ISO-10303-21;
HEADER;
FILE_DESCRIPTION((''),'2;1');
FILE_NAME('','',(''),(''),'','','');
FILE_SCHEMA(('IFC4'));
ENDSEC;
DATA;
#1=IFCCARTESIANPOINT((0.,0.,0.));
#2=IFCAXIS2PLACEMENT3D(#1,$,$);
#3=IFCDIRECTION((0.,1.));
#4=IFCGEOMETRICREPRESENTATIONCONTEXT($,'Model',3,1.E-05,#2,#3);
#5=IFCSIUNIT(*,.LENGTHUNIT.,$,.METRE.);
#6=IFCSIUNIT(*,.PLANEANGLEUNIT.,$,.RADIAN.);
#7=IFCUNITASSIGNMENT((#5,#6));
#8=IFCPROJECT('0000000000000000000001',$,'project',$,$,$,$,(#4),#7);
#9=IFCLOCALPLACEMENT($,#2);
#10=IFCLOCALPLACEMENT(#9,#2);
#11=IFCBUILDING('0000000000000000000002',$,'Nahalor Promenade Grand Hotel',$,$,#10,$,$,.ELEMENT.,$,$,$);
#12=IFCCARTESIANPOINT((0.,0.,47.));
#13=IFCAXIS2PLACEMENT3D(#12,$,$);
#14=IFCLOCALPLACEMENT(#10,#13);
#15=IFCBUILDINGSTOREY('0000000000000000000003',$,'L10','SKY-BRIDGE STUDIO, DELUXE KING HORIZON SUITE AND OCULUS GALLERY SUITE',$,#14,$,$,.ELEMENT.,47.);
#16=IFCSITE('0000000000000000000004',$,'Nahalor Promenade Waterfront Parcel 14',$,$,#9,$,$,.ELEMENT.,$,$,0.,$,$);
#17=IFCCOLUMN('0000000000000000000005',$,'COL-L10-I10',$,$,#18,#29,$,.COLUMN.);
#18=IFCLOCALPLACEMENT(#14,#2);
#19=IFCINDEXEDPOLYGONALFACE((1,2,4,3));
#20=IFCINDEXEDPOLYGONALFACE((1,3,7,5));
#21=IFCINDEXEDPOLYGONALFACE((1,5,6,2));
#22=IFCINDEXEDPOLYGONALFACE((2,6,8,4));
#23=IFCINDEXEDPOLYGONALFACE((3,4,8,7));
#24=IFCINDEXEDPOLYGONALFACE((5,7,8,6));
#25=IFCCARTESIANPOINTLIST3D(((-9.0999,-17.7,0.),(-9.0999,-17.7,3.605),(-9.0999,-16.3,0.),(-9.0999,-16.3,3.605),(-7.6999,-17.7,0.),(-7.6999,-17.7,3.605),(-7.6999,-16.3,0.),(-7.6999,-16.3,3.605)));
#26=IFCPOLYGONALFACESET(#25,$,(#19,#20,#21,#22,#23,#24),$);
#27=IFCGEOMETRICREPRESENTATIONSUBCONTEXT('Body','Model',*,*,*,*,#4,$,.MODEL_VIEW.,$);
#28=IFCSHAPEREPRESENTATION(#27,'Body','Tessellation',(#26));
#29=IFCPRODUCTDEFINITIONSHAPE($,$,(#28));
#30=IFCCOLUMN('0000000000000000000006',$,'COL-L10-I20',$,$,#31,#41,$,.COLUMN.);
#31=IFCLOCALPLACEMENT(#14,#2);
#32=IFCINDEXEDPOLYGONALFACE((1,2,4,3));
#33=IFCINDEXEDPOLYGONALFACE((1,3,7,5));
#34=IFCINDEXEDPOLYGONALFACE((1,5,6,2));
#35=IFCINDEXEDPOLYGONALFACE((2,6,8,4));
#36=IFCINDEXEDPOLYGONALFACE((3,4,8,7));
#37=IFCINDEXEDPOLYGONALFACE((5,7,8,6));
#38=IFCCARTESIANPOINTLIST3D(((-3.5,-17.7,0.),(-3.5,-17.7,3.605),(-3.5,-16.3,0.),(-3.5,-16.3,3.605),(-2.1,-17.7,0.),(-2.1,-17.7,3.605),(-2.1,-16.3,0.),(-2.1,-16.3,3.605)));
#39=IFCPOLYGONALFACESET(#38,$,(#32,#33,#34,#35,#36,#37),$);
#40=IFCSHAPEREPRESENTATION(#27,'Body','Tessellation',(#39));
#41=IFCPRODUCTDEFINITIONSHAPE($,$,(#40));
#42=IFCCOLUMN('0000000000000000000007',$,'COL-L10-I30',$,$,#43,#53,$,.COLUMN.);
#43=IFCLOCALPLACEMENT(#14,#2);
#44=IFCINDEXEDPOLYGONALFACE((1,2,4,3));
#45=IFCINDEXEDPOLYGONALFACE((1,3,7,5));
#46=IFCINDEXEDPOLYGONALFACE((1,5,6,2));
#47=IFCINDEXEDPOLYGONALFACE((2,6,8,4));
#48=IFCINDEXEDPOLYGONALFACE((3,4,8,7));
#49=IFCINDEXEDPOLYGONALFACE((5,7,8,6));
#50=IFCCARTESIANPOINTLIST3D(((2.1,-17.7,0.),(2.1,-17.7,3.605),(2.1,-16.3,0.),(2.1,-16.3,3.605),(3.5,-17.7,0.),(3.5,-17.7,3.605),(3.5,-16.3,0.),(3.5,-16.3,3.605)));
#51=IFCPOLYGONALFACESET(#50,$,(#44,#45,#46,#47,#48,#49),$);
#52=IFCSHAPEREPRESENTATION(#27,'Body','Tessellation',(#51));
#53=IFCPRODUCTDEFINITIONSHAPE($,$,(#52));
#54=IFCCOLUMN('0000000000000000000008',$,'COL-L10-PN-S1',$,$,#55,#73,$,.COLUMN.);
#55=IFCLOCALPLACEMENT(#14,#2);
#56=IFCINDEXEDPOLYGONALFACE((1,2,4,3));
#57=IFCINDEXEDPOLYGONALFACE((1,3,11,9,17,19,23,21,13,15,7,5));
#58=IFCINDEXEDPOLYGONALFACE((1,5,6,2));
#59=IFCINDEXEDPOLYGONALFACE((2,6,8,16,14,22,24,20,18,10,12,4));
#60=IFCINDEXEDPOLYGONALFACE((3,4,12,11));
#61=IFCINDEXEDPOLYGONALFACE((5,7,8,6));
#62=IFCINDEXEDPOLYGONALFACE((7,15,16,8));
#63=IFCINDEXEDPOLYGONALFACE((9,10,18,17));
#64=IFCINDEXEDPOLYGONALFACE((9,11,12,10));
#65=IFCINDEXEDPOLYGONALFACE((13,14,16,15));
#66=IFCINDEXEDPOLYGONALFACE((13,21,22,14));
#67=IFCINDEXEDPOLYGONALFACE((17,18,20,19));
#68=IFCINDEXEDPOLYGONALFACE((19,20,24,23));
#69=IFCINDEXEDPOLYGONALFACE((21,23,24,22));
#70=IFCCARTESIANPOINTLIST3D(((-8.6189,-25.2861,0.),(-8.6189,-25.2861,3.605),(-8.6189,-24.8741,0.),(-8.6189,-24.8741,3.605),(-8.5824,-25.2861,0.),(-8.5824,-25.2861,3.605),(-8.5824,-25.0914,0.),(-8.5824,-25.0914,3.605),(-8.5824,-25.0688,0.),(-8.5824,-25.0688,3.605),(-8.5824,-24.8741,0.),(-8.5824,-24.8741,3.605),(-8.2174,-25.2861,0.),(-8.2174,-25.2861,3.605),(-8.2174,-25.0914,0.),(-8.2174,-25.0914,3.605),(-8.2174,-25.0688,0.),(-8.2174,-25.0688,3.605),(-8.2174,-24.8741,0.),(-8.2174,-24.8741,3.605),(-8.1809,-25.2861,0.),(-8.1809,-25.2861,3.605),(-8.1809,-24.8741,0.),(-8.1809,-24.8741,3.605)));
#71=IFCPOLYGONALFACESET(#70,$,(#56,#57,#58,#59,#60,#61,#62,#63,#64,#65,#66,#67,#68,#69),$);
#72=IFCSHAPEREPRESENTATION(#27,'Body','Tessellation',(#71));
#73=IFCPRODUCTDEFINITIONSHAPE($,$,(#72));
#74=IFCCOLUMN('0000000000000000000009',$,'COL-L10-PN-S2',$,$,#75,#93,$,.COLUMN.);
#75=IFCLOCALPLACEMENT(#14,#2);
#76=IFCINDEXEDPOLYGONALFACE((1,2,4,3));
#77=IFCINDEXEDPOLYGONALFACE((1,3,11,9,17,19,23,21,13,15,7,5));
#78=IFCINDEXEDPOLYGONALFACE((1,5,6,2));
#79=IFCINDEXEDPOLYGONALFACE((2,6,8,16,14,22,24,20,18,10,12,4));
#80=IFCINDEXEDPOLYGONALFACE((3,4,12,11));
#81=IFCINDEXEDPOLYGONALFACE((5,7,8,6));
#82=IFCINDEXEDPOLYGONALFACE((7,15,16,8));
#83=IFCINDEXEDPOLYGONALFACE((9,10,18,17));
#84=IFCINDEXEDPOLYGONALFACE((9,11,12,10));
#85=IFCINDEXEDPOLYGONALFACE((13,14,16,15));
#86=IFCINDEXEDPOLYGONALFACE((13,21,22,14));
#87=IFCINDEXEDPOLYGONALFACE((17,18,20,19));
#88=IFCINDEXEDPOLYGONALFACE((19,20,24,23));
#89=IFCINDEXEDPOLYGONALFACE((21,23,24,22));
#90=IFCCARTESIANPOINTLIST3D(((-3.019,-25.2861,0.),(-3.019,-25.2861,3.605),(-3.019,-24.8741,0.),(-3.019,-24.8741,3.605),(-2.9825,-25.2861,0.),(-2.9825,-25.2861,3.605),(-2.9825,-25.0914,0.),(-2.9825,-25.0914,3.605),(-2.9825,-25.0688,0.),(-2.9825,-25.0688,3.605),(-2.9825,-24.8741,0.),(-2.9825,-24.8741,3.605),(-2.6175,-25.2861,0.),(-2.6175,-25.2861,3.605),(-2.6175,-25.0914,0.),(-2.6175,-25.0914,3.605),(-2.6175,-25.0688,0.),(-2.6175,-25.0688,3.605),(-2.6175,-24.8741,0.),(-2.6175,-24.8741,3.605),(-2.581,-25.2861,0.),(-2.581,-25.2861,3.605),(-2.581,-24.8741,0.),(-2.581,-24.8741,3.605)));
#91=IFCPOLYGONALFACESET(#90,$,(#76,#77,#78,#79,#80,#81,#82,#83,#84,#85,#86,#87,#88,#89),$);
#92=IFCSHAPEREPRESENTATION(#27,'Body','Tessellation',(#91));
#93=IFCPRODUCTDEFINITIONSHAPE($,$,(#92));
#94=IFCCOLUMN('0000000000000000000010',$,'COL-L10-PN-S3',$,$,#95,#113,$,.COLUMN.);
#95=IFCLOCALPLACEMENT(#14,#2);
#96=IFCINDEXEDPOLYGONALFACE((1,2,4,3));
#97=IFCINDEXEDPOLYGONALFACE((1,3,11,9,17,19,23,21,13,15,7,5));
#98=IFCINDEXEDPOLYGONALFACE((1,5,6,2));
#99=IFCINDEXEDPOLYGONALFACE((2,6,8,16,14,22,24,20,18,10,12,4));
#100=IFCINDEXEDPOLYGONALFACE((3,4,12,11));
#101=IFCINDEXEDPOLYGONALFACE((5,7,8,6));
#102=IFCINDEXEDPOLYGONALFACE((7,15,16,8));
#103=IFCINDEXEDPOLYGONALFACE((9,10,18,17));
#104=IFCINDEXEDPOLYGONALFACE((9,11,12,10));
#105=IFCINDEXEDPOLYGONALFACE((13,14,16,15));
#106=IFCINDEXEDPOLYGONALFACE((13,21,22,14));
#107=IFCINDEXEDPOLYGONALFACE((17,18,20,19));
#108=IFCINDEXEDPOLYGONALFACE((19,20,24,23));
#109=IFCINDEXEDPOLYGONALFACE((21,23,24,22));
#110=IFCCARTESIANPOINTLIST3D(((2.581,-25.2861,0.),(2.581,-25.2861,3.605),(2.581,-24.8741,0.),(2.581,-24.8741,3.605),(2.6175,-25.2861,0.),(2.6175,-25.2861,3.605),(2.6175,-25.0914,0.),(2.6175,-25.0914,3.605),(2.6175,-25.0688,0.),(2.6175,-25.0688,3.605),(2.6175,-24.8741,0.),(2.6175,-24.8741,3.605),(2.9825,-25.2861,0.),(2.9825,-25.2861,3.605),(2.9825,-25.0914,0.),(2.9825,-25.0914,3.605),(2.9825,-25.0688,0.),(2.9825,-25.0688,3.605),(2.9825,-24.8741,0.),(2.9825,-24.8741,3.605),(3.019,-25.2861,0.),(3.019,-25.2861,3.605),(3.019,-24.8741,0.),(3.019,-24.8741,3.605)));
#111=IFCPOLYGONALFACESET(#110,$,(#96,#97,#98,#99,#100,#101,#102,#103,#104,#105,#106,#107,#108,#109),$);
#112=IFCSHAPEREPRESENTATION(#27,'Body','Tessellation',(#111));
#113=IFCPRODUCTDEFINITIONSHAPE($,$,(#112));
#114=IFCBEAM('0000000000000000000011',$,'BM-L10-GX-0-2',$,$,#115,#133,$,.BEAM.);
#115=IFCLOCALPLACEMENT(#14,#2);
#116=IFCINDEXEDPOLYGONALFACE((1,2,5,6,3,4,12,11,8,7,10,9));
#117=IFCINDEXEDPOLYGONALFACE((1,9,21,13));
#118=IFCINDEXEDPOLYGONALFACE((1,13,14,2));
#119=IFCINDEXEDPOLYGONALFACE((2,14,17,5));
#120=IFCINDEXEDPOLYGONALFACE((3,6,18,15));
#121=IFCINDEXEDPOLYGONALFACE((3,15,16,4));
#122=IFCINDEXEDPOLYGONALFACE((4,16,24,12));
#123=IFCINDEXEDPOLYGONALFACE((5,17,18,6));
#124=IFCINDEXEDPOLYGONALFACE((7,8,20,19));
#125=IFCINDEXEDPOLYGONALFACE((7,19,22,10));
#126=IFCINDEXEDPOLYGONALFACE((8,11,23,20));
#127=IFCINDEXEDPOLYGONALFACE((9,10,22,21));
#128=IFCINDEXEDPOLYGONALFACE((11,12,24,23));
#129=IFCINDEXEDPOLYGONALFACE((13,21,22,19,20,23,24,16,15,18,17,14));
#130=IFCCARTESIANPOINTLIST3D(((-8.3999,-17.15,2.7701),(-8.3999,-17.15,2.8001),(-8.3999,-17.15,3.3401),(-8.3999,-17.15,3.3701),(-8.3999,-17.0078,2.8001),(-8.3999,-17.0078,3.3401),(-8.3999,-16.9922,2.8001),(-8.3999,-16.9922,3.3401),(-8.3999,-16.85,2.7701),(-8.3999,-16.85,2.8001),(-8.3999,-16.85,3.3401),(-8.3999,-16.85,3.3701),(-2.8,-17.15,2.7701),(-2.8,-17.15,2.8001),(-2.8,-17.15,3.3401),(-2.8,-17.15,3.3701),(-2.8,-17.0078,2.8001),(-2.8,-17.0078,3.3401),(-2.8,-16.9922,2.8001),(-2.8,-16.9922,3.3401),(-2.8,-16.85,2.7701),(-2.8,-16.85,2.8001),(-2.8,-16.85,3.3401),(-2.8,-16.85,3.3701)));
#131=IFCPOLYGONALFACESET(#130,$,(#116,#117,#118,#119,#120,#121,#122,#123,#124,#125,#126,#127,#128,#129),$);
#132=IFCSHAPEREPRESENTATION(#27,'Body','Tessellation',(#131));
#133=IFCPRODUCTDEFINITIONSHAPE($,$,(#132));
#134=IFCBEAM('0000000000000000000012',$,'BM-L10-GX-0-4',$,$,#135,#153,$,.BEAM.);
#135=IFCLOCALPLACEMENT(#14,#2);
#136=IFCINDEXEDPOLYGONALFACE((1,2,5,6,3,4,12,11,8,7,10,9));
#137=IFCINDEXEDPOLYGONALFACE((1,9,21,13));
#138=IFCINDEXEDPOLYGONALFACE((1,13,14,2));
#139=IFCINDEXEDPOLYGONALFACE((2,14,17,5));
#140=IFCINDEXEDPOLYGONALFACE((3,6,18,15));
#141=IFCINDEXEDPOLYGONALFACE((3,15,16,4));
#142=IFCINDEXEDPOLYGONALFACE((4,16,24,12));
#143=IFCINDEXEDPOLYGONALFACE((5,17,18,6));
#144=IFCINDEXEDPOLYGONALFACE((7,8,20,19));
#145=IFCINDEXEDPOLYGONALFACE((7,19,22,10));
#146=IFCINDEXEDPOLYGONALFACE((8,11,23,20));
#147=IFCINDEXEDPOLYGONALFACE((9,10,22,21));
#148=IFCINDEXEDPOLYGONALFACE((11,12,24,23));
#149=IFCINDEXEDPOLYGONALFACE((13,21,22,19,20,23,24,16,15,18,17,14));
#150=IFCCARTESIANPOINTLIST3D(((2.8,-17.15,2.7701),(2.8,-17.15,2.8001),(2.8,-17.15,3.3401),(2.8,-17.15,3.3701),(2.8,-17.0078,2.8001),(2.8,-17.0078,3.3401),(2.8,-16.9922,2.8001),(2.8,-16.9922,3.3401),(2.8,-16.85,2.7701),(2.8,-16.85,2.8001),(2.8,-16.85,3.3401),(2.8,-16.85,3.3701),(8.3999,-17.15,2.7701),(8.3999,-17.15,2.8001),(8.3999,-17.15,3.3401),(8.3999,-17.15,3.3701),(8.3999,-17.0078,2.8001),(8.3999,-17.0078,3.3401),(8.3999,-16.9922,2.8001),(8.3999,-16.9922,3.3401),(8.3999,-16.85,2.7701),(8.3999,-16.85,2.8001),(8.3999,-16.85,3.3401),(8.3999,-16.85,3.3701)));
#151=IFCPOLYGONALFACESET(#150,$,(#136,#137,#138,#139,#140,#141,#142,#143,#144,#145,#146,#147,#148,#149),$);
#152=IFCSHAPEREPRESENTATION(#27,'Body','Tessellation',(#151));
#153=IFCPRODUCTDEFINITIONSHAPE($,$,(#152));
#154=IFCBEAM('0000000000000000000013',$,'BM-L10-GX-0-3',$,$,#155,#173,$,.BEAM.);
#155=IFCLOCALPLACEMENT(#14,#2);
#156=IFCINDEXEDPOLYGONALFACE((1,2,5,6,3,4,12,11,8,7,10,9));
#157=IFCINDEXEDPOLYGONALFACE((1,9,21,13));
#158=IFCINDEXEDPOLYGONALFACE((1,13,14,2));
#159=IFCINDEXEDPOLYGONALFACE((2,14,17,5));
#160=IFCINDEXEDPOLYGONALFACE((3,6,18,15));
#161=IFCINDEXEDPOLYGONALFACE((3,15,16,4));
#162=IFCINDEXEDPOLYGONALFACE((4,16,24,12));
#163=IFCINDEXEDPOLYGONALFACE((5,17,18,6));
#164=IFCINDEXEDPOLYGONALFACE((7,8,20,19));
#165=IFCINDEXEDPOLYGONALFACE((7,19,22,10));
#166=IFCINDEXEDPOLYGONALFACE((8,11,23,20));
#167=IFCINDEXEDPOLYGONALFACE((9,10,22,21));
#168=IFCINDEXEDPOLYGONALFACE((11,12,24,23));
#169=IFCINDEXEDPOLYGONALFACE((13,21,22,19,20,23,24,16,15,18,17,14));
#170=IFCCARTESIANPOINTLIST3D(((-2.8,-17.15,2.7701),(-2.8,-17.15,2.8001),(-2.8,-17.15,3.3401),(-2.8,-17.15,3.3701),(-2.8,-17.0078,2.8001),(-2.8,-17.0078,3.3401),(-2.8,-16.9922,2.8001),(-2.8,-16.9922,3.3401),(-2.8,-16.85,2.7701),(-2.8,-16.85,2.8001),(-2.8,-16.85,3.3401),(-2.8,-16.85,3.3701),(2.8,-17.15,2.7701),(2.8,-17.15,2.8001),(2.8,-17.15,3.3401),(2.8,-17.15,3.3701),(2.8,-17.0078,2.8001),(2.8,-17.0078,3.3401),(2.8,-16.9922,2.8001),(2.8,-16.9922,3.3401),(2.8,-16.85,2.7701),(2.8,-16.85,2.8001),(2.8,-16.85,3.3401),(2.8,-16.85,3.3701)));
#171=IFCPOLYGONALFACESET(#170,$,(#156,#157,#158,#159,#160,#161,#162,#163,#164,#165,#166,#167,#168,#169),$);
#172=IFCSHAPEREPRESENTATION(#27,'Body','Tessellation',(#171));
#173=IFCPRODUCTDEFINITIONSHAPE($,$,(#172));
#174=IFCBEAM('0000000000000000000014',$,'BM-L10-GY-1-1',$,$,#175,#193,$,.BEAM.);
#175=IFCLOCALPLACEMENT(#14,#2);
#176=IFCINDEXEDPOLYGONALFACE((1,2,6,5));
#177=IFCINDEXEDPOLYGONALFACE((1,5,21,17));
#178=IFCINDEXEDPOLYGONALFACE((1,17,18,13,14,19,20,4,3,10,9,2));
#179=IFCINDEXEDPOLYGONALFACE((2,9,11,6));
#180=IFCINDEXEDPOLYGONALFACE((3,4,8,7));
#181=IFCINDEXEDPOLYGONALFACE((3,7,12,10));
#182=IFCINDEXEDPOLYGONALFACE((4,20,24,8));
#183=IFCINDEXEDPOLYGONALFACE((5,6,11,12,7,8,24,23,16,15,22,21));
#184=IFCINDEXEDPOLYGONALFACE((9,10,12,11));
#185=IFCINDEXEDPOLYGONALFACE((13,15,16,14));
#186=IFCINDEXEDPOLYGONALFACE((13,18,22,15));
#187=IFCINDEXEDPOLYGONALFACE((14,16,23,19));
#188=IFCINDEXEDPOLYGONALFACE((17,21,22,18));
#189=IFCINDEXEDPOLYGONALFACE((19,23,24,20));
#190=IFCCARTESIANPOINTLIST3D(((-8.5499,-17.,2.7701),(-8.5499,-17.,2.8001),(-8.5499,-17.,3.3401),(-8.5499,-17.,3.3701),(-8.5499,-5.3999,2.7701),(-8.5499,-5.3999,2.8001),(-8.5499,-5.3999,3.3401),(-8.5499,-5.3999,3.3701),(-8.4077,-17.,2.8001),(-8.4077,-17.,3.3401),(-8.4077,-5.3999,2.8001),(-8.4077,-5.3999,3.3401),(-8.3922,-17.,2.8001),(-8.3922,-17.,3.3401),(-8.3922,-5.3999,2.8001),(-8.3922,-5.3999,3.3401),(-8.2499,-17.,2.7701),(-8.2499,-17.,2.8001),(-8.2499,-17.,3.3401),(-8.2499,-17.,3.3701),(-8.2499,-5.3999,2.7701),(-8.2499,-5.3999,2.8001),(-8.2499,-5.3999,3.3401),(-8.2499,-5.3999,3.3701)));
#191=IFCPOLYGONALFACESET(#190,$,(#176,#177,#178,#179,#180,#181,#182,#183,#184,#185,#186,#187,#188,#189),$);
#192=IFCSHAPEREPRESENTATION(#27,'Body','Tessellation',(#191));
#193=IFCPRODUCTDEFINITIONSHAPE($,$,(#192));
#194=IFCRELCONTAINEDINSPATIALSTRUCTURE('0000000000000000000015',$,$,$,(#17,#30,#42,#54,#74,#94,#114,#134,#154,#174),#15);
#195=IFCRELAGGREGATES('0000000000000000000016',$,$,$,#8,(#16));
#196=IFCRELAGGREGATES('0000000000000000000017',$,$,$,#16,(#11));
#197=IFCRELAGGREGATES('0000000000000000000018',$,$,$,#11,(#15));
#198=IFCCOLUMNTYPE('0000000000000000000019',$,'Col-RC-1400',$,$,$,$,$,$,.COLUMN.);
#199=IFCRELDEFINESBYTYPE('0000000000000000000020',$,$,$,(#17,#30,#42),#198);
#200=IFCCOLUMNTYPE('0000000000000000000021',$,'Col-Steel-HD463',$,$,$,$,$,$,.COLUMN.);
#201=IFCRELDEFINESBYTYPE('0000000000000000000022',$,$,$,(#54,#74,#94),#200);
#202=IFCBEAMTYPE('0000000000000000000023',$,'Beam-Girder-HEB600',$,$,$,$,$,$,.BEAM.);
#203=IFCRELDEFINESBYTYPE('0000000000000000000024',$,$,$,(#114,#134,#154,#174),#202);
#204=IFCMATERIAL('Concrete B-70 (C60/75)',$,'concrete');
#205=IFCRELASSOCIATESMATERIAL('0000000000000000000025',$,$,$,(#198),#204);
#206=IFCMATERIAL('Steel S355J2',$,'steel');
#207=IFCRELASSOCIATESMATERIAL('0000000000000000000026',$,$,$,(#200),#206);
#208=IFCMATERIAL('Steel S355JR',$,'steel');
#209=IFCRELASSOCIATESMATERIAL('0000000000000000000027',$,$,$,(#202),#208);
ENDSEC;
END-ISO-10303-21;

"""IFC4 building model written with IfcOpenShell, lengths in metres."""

from ifc_helpers import new_model, si_unit, direction, frame, origin, origin_2d, place, context, subcontext, project, spatial, rectangle, i_section, extrude, source, transform, mapped, material, material_profile, profile_set, type_object, element, save


model = new_model("IFC4")

# Units and contexts
model_context = context("Model", 3, precision=1e-05, world=origin(), true_north=direction((0.0, 1.0)))
body_context = subcontext(model_context, "Body", "Model", "MODEL_VIEW")
ifc_project = project(units=[si_unit("LENGTHUNIT", "METRE"), si_unit("PLANEANGLEUNIT", "RADIAN")], contexts=[model_context])

# Site, building, storey
site_placement = place(None, origin())
site = spatial("IfcSite", under=ifc_project, at=site_placement, Name="Nahalor Promenade Waterfront Parcel 14", CompositionType="ELEMENT", RefElevation=0.0)
building_placement = place(site_placement, origin())
building = spatial("IfcBuilding", under=site, at=building_placement, Name="Nahalor Promenade Grand Hotel", CompositionType="ELEMENT")
storey_placement = place(building_placement, frame((0.0, 0.0, 47.0)))
storey = spatial("IfcBuildingStorey", under=building, at=storey_placement, Name="L10", Description="SKY-BRIDGE STUDIO, DELUXE KING HORIZON SUITE AND OCULUS GALLERY SUITE", CompositionType="ELEMENT", Elevation=47.0)

# Columns
ifc_material_1 = material(Name="Concrete B-70 (C60/75)", Category="concrete")
ifc_material_profile_1 = material_profile(ifc_material_1, rectangle(XDim=1.4, YDim=1.4, at=origin_2d()), Name="RC 1400x1400")
ifc_profile_set_1 = profile_set([ifc_material_profile_1], Name="Concrete B-70 (C60/75)")
column_type_1 = type_object("IfcColumnType", Name="Col-RC-1400", PredefinedType="COLUMN", material=ifc_profile_set_1)
shared_shape_1 = source(origin(), body_context, "Body", "SweptSolid", [
    extrude(rectangle(XDim=1.4, YDim=1.4, at=origin_2d()), origin(), (0.0, 0.0, 1.0), 3.605),
])
for number, where, z_axis, x_axis, name in (
    (1, (-8.3999, -17.0, 0.0), (0.0, 0.0, 1.0), (1.0, 0.0, 0.0), "COL-L10-I10"),
    (2, (-2.8, -17.0, 0.0), (0.0, 0.0, 1.0), (1.0, 0.0, 0.0), "COL-L10-I20"),
    (3, (2.8, -17.0, 0.0), (0.0, 0.0, 1.0), (1.0, 0.0, 0.0), "COL-L10-I30"),
):
    element("IfcColumn", number, at=place(storey_placement, frame(where, z_axis=z_axis, x_axis=x_axis)), inside=storey, type_object=column_type_1, Name=name, PredefinedType="COLUMN", context=body_context, shape_type="MappedRepresentation", body=[
        mapped(shared_shape_1, transform((0.0, 0.0, 0.0), scale=1.0)),
    ])
ifc_material_2 = material(Name="Steel S355J2", Category="steel")
ifc_material_profile_2 = material_profile(ifc_material_2, i_section(OverallWidth=0.412, OverallDepth=0.438, WebThickness=0.0226, FlangeThickness=0.0365, at=origin_2d()), Name="HD 400x463")
ifc_profile_set_2 = profile_set([ifc_material_profile_2], Name="Steel S355J2")
column_type_2 = type_object("IfcColumnType", Name="Col-Steel-HD463", PredefinedType="COLUMN", material=ifc_profile_set_2)
shared_shape_2 = source(origin(), body_context, "Body", "SweptSolid", [
    extrude(i_section(OverallWidth=0.412, OverallDepth=0.438, WebThickness=0.0226, FlangeThickness=0.0365, at=origin_2d()), origin(), (0.0, 0.0, 1.0), 3.605),
])
for number, where, z_axis, x_axis, name in (
    (4, (-8.3999, -25.0801, 0.0), (0.0, 0.0, 1.0), (0.0, 1.0, 0.0), "COL-L10-PN-S1"),
    (5, (-2.8, -25.0801, 0.0), (0.0, 0.0, 1.0), (0.0, 1.0, 0.0), "COL-L10-PN-S2"),
    (6, (2.8, -25.0801, 0.0), (0.0, 0.0, 1.0), (0.0, 1.0, 0.0), "COL-L10-PN-S3"),
):
    element("IfcColumn", number, at=place(storey_placement, frame(where, z_axis=z_axis, x_axis=x_axis)), inside=storey, type_object=column_type_2, Name=name, PredefinedType="COLUMN", context=body_context, shape_type="MappedRepresentation", body=[
        mapped(shared_shape_2, transform((0.0, 0.0, 0.0), scale=1.0)),
    ])

# Beams
ifc_material_3 = material(Name="Steel S355JR", Category="steel")
ifc_material_profile_3 = material_profile(ifc_material_3, i_section(OverallWidth=0.3, OverallDepth=0.6, WebThickness=0.0155, FlangeThickness=0.03, at=origin_2d()), Name="HEB 600")
ifc_profile_set_3 = profile_set([ifc_material_profile_3], Name="Steel S355JR")
beam_type_1 = type_object("IfcBeamType", Name="Beam-Girder-HEB600", PredefinedType="BEAM", material=ifc_profile_set_3)
shared_shape_3 = source(origin(), body_context, "Body", "SweptSolid", [
    extrude(i_section(OverallWidth=0.3, OverallDepth=0.6, WebThickness=0.0155, FlangeThickness=0.03, at=origin_2d()), origin(), (0.0, 0.0, 1.0), 5.5999),
])
for number, where, z_axis, x_axis, name in (
    (7, (-8.3999, -17.0, 3.0701), (1.0, 0.0, 0.0), (0.0, 1.0, 0.0), "BM-L10-GX-0-2"),
    (8, (2.8, -17.0, 3.0701), (1.0, 0.0, 0.0), (0.0, 1.0, 0.0), "BM-L10-GX-0-4"),
):
    element("IfcBeam", number, at=place(storey_placement, frame(where, z_axis=z_axis, x_axis=x_axis)), inside=storey, type_object=beam_type_1, Name=name, PredefinedType="BEAM", context=body_context, shape_type="MappedRepresentation", body=[
        mapped(shared_shape_3, transform((0.0, 0.0, 0.0), scale=1.0)),
    ])
shared_shape_4 = source(origin(), body_context, "Body", "SweptSolid", [
    extrude(i_section(OverallWidth=0.3, OverallDepth=0.6, WebThickness=0.0155, FlangeThickness=0.03, at=origin_2d()), origin(), (0.0, 0.0, 1.0), 5.6001),
])
beam_1_placement = place(storey_placement, frame((-2.8, -17.0, 3.0701), z_axis=(1.0, 0.0, 0.0), x_axis=(0.0, 1.0, 0.0)))
element("IfcBeam", 9, at=beam_1_placement, inside=storey, type_object=beam_type_1, Name="BM-L10-GX-0-3", PredefinedType="BEAM", context=body_context, shape_type="MappedRepresentation", body=[
    mapped(shared_shape_4, transform((0.0, 0.0, 0.0), scale=1.0)),
])
shared_shape_5 = source(origin(), body_context, "Body", "SweptSolid", [
    extrude(i_section(OverallWidth=0.3, OverallDepth=0.6, WebThickness=0.0155, FlangeThickness=0.03, at=origin_2d()), origin(), (0.0, 0.0, 1.0), 11.6001),
])
for number, where, z_axis, x_axis, name in (
    (10, (-8.3999, -17.0, 3.0701), (0.0, 1.0, 0.0), (-1.0, 0.0, 0.0), "BM-L10-GY-1-1"),
):
    element("IfcBeam", number, at=place(storey_placement, frame(where, z_axis=z_axis, x_axis=x_axis)), inside=storey, type_object=beam_type_1, Name=name, PredefinedType="BEAM", context=body_context, shape_type="MappedRepresentation", body=[
        mapped(shared_shape_5, transform((0.0, 0.0, 0.0), scale=1.0)),
    ])

save(model, "model.ifc")
